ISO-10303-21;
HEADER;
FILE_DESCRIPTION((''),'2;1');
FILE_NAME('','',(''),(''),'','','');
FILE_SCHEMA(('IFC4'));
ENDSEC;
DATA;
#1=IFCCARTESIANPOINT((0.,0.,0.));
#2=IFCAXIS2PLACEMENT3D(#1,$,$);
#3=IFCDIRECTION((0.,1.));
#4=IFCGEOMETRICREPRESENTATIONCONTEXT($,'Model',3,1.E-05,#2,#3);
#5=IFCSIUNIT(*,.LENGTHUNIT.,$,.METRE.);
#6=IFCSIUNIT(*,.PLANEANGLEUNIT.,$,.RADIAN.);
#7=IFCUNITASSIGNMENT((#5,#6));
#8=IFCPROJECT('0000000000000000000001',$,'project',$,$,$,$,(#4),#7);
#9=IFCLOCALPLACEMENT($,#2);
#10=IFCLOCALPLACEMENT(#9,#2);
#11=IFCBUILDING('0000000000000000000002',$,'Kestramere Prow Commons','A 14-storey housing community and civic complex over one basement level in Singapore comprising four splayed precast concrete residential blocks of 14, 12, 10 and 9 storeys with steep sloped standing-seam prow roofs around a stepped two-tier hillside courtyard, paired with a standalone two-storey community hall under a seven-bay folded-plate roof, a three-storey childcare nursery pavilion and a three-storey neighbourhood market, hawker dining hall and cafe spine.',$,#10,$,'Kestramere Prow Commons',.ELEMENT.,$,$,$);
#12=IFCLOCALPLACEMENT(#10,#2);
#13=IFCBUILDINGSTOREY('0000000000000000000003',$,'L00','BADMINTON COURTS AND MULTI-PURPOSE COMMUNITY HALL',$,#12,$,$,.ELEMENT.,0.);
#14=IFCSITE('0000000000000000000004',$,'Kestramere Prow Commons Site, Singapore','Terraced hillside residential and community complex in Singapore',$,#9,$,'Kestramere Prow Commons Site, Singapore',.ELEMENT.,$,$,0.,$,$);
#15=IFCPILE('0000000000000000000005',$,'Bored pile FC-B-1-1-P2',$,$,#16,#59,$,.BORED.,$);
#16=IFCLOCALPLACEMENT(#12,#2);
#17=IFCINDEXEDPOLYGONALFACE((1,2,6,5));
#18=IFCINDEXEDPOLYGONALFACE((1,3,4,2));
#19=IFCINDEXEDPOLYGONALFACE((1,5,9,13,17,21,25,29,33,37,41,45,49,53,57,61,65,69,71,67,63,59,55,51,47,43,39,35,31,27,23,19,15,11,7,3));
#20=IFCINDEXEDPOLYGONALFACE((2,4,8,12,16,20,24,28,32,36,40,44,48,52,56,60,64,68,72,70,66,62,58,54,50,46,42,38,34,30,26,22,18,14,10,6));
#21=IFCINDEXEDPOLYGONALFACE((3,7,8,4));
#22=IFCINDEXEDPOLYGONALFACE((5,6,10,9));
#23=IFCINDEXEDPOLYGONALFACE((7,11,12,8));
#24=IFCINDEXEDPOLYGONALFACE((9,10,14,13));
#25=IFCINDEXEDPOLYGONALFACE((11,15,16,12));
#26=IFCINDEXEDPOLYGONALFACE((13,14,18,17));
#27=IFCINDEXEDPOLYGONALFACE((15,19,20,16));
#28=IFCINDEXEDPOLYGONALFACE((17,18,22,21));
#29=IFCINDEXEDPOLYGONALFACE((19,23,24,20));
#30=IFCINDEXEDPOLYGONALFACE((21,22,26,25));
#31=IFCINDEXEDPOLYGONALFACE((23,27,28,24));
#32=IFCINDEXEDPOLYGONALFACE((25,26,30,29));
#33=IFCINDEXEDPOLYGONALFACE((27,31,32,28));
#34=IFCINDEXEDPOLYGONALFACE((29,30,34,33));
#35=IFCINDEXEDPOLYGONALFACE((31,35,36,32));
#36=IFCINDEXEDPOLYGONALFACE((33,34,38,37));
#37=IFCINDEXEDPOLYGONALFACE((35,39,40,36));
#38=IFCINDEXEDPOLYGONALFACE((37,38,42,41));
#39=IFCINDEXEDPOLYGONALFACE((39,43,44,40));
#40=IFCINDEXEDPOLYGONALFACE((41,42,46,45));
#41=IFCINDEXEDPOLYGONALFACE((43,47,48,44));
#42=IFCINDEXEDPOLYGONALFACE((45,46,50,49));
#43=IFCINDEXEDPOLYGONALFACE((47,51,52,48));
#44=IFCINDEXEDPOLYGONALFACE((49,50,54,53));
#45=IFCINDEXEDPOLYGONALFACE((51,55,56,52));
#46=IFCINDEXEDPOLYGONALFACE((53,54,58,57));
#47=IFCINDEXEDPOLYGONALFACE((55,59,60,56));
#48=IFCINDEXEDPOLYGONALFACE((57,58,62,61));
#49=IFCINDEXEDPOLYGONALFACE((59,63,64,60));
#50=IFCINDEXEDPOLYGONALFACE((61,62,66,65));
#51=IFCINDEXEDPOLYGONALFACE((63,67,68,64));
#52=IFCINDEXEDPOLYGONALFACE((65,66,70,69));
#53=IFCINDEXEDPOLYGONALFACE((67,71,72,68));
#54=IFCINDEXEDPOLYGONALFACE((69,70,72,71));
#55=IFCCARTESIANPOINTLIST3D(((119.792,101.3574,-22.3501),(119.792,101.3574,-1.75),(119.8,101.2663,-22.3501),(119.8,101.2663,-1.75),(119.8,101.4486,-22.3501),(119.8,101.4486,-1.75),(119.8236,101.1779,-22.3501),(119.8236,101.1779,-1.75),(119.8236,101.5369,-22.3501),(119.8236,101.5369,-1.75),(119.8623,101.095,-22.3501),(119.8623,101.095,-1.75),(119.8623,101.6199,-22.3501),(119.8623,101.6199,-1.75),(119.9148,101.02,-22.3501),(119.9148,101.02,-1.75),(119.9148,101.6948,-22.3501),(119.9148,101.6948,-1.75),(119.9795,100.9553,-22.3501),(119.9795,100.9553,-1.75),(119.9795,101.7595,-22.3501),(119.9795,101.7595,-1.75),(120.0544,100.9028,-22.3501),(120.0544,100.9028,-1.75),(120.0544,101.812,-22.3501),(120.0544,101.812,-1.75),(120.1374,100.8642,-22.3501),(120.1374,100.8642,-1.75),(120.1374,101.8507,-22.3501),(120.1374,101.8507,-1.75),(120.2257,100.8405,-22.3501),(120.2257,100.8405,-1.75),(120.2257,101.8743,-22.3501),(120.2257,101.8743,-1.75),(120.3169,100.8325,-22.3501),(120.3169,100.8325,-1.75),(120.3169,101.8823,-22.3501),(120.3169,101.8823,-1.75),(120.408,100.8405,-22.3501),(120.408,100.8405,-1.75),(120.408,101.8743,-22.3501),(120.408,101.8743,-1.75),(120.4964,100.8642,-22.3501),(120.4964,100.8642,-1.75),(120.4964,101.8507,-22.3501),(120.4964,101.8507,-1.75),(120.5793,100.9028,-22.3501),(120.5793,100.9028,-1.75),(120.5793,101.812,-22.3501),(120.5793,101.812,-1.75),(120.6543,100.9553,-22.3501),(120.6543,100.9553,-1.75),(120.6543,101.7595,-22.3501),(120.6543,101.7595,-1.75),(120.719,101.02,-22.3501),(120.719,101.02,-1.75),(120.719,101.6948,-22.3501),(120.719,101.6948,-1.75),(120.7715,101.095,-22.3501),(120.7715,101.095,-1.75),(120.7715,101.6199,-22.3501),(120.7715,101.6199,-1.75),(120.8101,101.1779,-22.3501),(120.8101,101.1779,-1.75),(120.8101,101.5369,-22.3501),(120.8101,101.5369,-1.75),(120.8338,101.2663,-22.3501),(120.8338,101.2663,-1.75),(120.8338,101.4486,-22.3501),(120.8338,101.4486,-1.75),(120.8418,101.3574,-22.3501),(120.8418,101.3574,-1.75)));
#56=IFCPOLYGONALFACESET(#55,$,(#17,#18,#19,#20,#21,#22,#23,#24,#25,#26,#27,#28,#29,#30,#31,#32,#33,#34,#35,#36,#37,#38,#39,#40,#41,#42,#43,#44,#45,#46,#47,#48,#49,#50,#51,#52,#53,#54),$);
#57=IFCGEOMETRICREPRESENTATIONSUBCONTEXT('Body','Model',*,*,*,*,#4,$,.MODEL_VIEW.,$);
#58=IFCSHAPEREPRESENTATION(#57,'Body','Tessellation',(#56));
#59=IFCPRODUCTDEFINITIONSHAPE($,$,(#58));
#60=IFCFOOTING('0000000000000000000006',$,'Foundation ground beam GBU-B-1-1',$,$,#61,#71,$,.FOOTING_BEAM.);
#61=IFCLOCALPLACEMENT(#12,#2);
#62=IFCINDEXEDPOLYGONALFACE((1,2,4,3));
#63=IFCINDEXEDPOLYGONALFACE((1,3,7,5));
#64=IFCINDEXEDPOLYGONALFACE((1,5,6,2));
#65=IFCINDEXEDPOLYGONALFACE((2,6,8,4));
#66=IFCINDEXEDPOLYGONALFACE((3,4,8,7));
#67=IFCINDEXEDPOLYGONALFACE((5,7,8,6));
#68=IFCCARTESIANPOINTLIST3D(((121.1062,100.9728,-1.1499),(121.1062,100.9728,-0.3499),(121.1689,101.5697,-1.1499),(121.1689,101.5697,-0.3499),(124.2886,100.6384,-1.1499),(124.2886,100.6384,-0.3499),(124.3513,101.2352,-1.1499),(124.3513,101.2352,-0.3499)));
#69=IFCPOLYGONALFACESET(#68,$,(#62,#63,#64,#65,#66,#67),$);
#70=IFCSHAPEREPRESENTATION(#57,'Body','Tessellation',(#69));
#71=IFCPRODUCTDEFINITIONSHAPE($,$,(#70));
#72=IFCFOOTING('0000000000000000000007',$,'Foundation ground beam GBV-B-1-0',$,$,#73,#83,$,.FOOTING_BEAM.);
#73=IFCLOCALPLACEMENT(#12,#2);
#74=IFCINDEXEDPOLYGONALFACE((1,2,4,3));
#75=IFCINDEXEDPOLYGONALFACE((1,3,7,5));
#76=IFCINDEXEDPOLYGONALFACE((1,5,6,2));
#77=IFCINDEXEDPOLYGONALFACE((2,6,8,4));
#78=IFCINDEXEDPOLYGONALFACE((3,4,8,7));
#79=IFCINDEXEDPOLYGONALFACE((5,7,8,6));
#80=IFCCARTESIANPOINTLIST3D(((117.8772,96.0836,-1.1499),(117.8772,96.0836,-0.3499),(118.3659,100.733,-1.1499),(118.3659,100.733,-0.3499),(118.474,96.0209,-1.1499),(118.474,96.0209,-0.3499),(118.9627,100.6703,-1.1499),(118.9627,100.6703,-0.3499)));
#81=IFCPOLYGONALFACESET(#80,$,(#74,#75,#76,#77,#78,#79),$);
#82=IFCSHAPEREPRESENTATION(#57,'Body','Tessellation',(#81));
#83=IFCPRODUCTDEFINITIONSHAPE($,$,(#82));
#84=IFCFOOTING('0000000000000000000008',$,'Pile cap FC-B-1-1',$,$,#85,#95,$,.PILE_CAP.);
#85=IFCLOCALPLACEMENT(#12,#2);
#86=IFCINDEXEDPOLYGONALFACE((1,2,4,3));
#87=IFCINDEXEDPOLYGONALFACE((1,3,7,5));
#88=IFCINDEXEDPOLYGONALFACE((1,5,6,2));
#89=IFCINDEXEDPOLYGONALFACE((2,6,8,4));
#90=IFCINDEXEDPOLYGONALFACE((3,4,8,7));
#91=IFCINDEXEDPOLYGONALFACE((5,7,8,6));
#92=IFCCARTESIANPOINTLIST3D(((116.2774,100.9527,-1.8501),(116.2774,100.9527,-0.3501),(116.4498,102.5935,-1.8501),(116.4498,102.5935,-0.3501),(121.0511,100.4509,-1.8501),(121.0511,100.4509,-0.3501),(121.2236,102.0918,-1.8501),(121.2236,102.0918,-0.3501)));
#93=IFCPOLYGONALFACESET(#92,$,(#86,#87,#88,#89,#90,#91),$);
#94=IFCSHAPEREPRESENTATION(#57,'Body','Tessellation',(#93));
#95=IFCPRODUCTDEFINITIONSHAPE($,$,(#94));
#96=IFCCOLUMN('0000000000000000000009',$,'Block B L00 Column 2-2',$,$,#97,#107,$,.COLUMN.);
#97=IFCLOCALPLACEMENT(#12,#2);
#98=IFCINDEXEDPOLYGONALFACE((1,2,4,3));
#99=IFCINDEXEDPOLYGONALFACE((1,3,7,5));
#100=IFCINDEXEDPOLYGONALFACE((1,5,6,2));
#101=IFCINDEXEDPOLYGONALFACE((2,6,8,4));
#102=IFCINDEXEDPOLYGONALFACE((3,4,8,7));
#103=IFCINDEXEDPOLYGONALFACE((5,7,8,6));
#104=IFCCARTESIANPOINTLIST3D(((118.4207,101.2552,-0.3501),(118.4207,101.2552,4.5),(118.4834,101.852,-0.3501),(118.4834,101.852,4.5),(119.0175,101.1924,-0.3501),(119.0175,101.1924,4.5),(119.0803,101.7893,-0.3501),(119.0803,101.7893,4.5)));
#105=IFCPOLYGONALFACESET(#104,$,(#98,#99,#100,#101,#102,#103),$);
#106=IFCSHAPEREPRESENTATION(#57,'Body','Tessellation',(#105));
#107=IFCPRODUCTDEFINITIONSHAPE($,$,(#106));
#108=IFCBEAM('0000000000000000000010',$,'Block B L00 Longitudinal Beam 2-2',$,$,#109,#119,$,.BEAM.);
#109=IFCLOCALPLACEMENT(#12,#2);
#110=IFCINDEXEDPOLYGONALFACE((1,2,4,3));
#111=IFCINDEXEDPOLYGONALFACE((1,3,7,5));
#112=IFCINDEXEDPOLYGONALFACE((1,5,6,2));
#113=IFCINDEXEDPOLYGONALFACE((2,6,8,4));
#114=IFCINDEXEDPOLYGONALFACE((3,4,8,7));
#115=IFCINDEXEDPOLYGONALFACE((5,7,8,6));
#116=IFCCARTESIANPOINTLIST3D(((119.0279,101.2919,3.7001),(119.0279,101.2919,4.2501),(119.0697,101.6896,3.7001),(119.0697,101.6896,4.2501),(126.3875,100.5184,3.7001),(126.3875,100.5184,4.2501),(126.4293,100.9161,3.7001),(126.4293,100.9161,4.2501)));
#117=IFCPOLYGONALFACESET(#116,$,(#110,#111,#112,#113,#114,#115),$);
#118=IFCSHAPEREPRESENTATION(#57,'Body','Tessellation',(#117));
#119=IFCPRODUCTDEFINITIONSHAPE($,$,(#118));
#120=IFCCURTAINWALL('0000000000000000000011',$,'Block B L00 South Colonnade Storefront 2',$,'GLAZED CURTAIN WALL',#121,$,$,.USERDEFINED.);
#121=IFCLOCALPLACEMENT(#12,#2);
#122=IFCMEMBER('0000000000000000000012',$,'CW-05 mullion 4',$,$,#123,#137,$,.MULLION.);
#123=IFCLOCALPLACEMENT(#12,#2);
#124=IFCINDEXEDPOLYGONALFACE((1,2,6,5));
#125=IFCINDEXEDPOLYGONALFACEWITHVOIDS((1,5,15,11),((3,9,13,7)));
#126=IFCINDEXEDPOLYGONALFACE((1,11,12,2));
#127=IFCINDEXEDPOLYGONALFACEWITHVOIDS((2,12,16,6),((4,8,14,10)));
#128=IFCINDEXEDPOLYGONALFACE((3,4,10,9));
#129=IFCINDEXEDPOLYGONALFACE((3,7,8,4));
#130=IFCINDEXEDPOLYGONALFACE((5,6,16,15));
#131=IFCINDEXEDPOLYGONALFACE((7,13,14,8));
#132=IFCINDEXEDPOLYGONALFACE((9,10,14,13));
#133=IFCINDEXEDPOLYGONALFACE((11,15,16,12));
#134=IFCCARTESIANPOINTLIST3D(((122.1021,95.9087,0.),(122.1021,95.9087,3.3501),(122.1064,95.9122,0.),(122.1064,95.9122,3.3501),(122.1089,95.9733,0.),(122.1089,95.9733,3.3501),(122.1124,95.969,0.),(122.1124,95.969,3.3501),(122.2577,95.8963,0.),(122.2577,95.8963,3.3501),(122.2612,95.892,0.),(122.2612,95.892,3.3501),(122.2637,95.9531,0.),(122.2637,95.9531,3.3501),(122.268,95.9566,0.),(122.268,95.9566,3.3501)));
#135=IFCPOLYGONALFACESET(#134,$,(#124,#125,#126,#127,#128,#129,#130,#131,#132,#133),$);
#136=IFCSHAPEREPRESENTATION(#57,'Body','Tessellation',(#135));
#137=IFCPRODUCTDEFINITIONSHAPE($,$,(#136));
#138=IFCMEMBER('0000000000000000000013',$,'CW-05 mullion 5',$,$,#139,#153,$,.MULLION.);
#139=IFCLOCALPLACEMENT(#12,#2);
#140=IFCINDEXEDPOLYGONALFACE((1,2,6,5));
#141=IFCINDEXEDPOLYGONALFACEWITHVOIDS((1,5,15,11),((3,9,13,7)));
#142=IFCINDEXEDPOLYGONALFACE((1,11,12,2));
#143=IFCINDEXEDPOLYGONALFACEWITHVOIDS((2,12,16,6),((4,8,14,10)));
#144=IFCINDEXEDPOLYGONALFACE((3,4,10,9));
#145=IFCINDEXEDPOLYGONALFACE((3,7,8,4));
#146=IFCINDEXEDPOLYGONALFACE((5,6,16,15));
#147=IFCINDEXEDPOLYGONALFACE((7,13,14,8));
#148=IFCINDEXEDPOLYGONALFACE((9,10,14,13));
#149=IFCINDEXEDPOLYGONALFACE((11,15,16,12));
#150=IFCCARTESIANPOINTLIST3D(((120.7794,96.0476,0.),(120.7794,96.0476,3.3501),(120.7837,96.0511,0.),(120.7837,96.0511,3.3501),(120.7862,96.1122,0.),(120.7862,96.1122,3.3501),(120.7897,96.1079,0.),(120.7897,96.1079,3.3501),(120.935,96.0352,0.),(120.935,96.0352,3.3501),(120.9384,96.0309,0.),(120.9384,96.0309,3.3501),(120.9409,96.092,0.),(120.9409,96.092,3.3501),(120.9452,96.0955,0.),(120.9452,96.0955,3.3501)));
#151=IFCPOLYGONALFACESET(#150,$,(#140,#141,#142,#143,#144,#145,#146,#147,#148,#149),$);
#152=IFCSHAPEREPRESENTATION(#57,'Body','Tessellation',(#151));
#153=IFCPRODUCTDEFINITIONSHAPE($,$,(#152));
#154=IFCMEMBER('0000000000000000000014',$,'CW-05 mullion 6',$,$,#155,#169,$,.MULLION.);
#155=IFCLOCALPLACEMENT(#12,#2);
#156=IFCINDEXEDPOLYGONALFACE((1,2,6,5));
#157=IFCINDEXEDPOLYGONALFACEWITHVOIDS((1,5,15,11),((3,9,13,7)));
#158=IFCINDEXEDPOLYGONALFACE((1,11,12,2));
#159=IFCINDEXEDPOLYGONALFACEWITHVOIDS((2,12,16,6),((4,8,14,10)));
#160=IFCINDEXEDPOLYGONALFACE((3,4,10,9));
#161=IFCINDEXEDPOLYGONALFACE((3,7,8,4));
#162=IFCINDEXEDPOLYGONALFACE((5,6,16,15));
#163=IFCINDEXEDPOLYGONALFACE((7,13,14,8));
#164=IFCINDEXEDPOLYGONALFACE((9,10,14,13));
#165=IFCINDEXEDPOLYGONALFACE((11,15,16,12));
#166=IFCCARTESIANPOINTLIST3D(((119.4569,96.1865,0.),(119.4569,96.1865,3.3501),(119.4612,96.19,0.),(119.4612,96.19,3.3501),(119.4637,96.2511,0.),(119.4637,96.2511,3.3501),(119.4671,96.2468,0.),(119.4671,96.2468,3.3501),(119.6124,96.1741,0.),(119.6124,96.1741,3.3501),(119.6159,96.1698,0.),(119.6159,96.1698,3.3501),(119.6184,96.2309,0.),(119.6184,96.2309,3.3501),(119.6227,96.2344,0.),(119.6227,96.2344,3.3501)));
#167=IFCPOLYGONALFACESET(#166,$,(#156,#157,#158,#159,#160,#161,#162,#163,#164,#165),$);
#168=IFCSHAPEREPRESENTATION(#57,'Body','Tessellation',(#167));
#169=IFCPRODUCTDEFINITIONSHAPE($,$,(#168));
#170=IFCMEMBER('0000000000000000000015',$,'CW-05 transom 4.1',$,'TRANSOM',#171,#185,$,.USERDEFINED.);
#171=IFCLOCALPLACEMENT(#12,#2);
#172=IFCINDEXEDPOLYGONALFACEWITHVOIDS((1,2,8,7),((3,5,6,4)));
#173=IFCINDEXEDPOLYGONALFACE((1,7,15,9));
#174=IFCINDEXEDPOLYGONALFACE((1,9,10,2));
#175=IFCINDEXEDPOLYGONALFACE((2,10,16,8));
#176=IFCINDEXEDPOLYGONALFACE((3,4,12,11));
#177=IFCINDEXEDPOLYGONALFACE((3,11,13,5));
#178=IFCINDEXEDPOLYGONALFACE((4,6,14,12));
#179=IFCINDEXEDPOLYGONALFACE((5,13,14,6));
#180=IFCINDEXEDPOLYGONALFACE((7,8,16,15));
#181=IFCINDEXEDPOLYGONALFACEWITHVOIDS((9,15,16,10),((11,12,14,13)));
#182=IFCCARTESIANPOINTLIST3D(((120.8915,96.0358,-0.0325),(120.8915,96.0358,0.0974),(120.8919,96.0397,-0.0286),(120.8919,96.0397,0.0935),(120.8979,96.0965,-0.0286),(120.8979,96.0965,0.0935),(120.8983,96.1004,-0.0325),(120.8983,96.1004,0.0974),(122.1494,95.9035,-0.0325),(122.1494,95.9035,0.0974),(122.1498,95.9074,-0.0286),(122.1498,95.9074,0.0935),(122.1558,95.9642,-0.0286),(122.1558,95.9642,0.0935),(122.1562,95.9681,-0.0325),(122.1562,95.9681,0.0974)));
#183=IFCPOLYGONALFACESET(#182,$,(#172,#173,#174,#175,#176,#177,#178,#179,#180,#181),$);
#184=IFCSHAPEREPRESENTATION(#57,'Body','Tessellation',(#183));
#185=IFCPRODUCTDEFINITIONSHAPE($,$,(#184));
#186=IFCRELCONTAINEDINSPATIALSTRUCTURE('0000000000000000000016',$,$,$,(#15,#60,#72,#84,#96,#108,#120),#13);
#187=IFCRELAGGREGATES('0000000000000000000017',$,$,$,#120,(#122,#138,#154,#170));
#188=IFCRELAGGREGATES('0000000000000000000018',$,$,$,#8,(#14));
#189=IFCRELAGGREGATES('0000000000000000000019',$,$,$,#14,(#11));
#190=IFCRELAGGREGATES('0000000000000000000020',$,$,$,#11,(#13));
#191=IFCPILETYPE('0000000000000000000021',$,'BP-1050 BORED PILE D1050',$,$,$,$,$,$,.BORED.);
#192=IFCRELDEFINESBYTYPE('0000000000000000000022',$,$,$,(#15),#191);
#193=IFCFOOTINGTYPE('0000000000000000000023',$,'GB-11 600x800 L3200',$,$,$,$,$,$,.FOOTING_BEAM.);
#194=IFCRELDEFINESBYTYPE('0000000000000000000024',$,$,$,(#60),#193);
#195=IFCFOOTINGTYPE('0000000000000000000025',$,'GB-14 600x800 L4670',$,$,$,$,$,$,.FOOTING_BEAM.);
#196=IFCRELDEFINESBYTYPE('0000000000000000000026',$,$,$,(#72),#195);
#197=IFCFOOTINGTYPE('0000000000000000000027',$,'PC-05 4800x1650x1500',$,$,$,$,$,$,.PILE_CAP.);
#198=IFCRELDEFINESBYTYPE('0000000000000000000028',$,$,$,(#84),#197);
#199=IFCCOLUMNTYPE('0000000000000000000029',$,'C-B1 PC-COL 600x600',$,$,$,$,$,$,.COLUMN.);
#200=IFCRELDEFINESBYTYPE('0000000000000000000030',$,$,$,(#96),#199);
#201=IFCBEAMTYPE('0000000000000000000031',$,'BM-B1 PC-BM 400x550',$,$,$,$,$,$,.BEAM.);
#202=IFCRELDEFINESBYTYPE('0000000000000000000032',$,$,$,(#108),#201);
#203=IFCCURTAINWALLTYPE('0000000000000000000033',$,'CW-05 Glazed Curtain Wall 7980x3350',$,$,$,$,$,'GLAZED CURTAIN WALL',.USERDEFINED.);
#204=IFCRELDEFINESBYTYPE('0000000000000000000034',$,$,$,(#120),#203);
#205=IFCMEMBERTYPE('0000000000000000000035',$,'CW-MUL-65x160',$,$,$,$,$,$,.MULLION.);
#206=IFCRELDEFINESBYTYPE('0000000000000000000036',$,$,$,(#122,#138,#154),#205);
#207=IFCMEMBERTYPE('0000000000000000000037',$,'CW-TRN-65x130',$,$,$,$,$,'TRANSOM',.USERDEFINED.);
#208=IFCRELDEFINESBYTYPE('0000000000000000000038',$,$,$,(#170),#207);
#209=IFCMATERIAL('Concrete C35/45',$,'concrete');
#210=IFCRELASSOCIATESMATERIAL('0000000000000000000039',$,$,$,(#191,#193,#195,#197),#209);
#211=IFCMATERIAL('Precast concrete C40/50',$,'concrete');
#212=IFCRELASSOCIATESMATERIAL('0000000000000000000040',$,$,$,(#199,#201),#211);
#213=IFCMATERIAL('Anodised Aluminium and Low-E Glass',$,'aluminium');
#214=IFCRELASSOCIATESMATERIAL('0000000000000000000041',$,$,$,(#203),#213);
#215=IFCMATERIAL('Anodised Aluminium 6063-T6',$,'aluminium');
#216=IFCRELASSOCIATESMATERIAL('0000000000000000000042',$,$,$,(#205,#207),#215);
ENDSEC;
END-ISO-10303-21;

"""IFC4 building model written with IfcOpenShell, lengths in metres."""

from ifc_helpers import new_model, si_unit, direction, frame, origin, origin_2d, place, context, subcontext, project, spatial, rectangle, hollow_rectangle, circle, extrude, material, material_profile, profile_set, type_object, element, aggregate, save


model = new_model("IFC4")

# Units and contexts
model_context = context("Model", 3, precision=1e-05, world=origin(), true_north=direction((0.0, 1.0)))
body_context = subcontext(model_context, "Body", "Model", "MODEL_VIEW")
ifc_project = project(units=[si_unit("LENGTHUNIT", "METRE"), si_unit("PLANEANGLEUNIT", "RADIAN")], contexts=[model_context])

# Site, building, storey
site_placement = place(None, origin())
site = spatial("IfcSite", under=ifc_project, at=site_placement, Name="Kestramere Prow Commons Site, Singapore", Description="Terraced hillside residential and community complex in Singapore", LongName="Kestramere Prow Commons Site, Singapore", CompositionType="ELEMENT", RefElevation=0.0)
building_placement = place(site_placement, origin())
building = spatial("IfcBuilding", under=site, at=building_placement, Name="Kestramere Prow Commons", Description="A 14-storey housing community and civic complex over one basement level in Singapore comprising four splayed precast concrete residential blocks of 14, 12, 10 and 9 storeys with steep sloped standing-seam prow roofs around a stepped two-tier hillside courtyard, paired with a standalone two-storey community hall under a seven-bay folded-plate roof, a three-storey childcare nursery pavilion and a three-storey neighbourhood market, hawker dining hall and cafe spine.", LongName="Kestramere Prow Commons", CompositionType="ELEMENT")
storey_placement = place(building_placement, origin())
storey = spatial("IfcBuildingStorey", under=building, at=storey_placement, Name="L00", Description="BADMINTON COURTS AND MULTI-PURPOSE COMMUNITY HALL", CompositionType="ELEMENT", Elevation=0.0)

# Pile
ifc_material_1 = material(Name="Concrete C35/45", Category="concrete")
ifc_material_profile_1 = material_profile(ifc_material_1, circle(Radius=0.5249, at=origin_2d()), Name="BORED PILE D1050")
ifc_profile_set_1 = profile_set([ifc_material_profile_1], Name="Concrete C35/45")
pile_type = type_object("IfcPileType", Name="BP-1050 BORED PILE D1050", PredefinedType="BORED", material=ifc_profile_set_1)
pile_placement = place(storey_placement, frame((120.3169, 101.3574, -1.75), z_axis=(0.0, 0.0, -1.0), x_axis=(1.0, 0.0, 0.0)))
element("IfcPile", 1, at=pile_placement, inside=storey, type_object=pile_type, Name="Bored pile FC-B-1-1-P2", PredefinedType="BORED", context=body_context, shape_type="SweptSolid", body=[
    extrude(circle(Radius=0.5249, at=origin_2d()), origin(), (0.0, 0.0, 1.0), 20.6001),
])

# Footings
footing_type_1 = type_object("IfcFootingType", Name="GB-11 600x800 L3200", PredefinedType="FOOTING_BEAM", material=ifc_material_1)
footing_1_placement = place(storey_placement, frame((122.7288, 101.104, -1.1499), z_axis=(0.0, 0.0, 1.0), x_axis=(0.994522, -0.104528, 0.0)))
element("IfcFooting", 2, at=footing_1_placement, inside=storey, type_object=footing_type_1, Name="Foundation ground beam GBU-B-1-1", PredefinedType="FOOTING_BEAM", context=body_context, shape_type="SweptSolid", body=[
    extrude(rectangle(XDim=3.2, YDim=0.6001, at=origin_2d()), origin(), (0.0, 0.0, 1.0), 0.8),
])
footing_type_2 = type_object("IfcFootingType", Name="GB-14 600x800 L4670", PredefinedType="FOOTING_BEAM", material=ifc_material_1)
footing_2_placement = place(storey_placement, frame((118.4199, 98.377, -1.1499), z_axis=(0.0, 0.0, 1.0), x_axis=(0.104528, 0.994522, 0.0)))
element("IfcFooting", 3, at=footing_2_placement, inside=storey, type_object=footing_type_2, Name="Foundation ground beam GBV-B-1-0", PredefinedType="FOOTING_BEAM", context=body_context, shape_type="SweptSolid", body=[
    extrude(rectangle(XDim=4.675, YDim=0.6001, at=origin_2d()), origin(), (0.0, 0.0, 1.0), 0.8),
])
footing_type_3 = type_object("IfcFootingType", Name="PC-05 4800x1650x1500", PredefinedType="PILE_CAP", material=ifc_material_1)
footing_3_placement = place(storey_placement, frame((118.7505, 101.5222, -1.8501), z_axis=(0.0, 0.0, 1.0), x_axis=(0.994522, -0.104528, 0.0)))
element("IfcFooting", 4, at=footing_3_placement, inside=storey, type_object=footing_type_3, Name="Pile cap FC-B-1-1", PredefinedType="PILE_CAP", context=body_context, shape_type="SweptSolid", body=[
    extrude(rectangle(XDim=4.8, YDim=1.6499, at=origin_2d()), origin(), (0.0, 0.0, 1.0), 1.5),
])

# Column
ifc_material_2 = material(Name="Precast concrete C40/50", Category="concrete")
ifc_material_profile_2 = material_profile(ifc_material_2, rectangle(XDim=0.6001, YDim=0.6001, at=origin_2d()), Name="PC-COL 600x600")
ifc_profile_set_2 = profile_set([ifc_material_profile_2], Name="Precast concrete C40/50")
column_type = type_object("IfcColumnType", Name="C-B1 PC-COL 600x600", PredefinedType="COLUMN", material=ifc_profile_set_2)
column_placement = place(storey_placement, frame((118.7505, 101.5222, -0.3501), z_axis=(0.0, 0.0, 1.0), x_axis=(0.994522, -0.104528, 0.0)))
element("IfcColumn", 5, at=column_placement, inside=storey, type_object=column_type, Name="Block B L00 Column 2-2", PredefinedType="COLUMN", context=body_context, shape_type="SweptSolid", body=[
    extrude(rectangle(XDim=0.6001, YDim=0.6001, at=origin_2d()), origin(), (0.0, 0.0, 1.0), 4.8501),
])

# Beam
ifc_material_profile_3 = material_profile(ifc_material_2, rectangle(XDim=0.3999, YDim=0.55, at=origin_2d()), Name="PC-BM 400x550")
ifc_profile_set_3 = profile_set([ifc_material_profile_3], Name="Precast concrete C40/50")
beam_type = type_object("IfcBeamType", Name="BM-B1 PC-BM 400x550", PredefinedType="BEAM", material=ifc_profile_set_3)
beam_placement = place(storey_placement, frame((119.0488, 101.4907, 3.9751), z_axis=(0.994523, -0.104516, 0.0), x_axis=(0.104516, 0.994523, 0.0)))
element("IfcBeam", 6, at=beam_placement, inside=storey, type_object=beam_type, Name="Block B L00 Longitudinal Beam 2-2", PredefinedType="BEAM", context=body_context, shape_type="SweptSolid", body=[
    extrude(rectangle(XDim=0.3999, YDim=0.55, at=origin_2d()), origin(), (0.0, 0.0, 1.0), 7.4001),
])

# Curtain wall, members
ifc_material_3 = material(Name="Anodised Aluminium and Low-E Glass", Category="aluminium")
curtain_wall_type = type_object("IfcCurtainWallType", Name="CW-05 Glazed Curtain Wall 7980x3350", ElementType="GLAZED CURTAIN WALL", PredefinedType="USERDEFINED", material=ifc_material_3)
curtain_wall_placement = place(storey_placement, origin())
curtain_wall = element("IfcCurtainWall", 7, at=curtain_wall_placement, inside=storey, type_object=curtain_wall_type, Name="Block B L00 South Colonnade Storefront 2", ObjectType="GLAZED CURTAIN WALL", PredefinedType="USERDEFINED")
ifc_material_4 = material(Name="Anodised Aluminium 6063-T6", Category="aluminium")
ifc_material_profile_4 = material_profile(ifc_material_4, hollow_rectangle(XDim=0.0649, YDim=0.1599, WallThickness=0.0039, at=origin_2d()), Name="ALU-MUL 65x160")
ifc_profile_set_4 = profile_set([ifc_material_profile_4], Name="Anodised Aluminium 6063-T6")
member_type_1 = type_object("IfcMemberType", Name="CW-MUL-65x160", PredefinedType="MULLION", material=ifc_profile_set_4)
member_1_placement = place(storey_placement, frame((122.1851, 95.9326, 0.0), z_axis=(0.0, 0.0, 1.0), x_axis=(-0.104529, -0.994522, 0.0)))
member_1 = element("IfcMember", 8, at=member_1_placement, type_object=member_type_1, Name="CW-05 mullion 4", PredefinedType="MULLION", context=body_context, shape_type="SweptSolid", body=[
    extrude(hollow_rectangle(XDim=0.0649, YDim=0.1599, WallThickness=0.0039, at=origin_2d()), origin(), (0.0, 0.0, 1.0), 3.3501),
])
member_2_placement = place(storey_placement, frame((120.8623, 96.0715, 0.0), z_axis=(0.0, 0.0, 1.0), x_axis=(-0.104529, -0.994522, 0.0)))
member_2 = element("IfcMember", 9, at=member_2_placement, type_object=member_type_1, Name="CW-05 mullion 5", PredefinedType="MULLION", context=body_context, shape_type="SweptSolid", body=[
    extrude(hollow_rectangle(XDim=0.0649, YDim=0.1599, WallThickness=0.0039, at=origin_2d()), origin(), (0.0, 0.0, 1.0), 3.3501),
])
member_3_placement = place(storey_placement, frame((119.5398, 96.2104, 0.0), z_axis=(0.0, 0.0, 1.0), x_axis=(-0.104529, -0.994522, 0.0)))
member_3 = element("IfcMember", 10, at=member_3_placement, type_object=member_type_1, Name="CW-05 mullion 6", PredefinedType="MULLION", context=body_context, shape_type="SweptSolid", body=[
    extrude(hollow_rectangle(XDim=0.0649, YDim=0.1599, WallThickness=0.0039, at=origin_2d()), origin(), (0.0, 0.0, 1.0), 3.3501),
])
ifc_material_profile_5 = material_profile(ifc_material_4, hollow_rectangle(XDim=0.0649, YDim=0.1299, WallThickness=0.0039, at=origin_2d()), Name="ALU-TRN 65x130")
ifc_profile_set_5 = profile_set([ifc_material_profile_5], Name="Anodised Aluminium 6063-T6")
member_type_2 = type_object("IfcMemberType", Name="CW-TRN-65x130", ElementType="TRANSOM", PredefinedType="USERDEFINED", material=ifc_profile_set_5)
member_4_placement = place(storey_placement, frame((122.1528, 95.9358, 0.0325), z_axis=(-0.994514, 0.104604, 0.0), x_axis=(-0.104604, -0.994514, 0.0)))
member_4 = element("IfcMember", 11, at=member_4_placement, type_object=member_type_2, Name="CW-05 transom 4.1", ObjectType="TRANSOM", PredefinedType="USERDEFINED", context=body_context, shape_type="SweptSolid", body=[
    extrude(hollow_rectangle(XDim=0.0649, YDim=0.1299, WallThickness=0.0039, at=origin_2d()), origin(), (0.0, 0.0, 1.0), 1.2649),
])
aggregate(curtain_wall, [member_1, member_2, member_3, member_4])

save(model, "model.ifc")
